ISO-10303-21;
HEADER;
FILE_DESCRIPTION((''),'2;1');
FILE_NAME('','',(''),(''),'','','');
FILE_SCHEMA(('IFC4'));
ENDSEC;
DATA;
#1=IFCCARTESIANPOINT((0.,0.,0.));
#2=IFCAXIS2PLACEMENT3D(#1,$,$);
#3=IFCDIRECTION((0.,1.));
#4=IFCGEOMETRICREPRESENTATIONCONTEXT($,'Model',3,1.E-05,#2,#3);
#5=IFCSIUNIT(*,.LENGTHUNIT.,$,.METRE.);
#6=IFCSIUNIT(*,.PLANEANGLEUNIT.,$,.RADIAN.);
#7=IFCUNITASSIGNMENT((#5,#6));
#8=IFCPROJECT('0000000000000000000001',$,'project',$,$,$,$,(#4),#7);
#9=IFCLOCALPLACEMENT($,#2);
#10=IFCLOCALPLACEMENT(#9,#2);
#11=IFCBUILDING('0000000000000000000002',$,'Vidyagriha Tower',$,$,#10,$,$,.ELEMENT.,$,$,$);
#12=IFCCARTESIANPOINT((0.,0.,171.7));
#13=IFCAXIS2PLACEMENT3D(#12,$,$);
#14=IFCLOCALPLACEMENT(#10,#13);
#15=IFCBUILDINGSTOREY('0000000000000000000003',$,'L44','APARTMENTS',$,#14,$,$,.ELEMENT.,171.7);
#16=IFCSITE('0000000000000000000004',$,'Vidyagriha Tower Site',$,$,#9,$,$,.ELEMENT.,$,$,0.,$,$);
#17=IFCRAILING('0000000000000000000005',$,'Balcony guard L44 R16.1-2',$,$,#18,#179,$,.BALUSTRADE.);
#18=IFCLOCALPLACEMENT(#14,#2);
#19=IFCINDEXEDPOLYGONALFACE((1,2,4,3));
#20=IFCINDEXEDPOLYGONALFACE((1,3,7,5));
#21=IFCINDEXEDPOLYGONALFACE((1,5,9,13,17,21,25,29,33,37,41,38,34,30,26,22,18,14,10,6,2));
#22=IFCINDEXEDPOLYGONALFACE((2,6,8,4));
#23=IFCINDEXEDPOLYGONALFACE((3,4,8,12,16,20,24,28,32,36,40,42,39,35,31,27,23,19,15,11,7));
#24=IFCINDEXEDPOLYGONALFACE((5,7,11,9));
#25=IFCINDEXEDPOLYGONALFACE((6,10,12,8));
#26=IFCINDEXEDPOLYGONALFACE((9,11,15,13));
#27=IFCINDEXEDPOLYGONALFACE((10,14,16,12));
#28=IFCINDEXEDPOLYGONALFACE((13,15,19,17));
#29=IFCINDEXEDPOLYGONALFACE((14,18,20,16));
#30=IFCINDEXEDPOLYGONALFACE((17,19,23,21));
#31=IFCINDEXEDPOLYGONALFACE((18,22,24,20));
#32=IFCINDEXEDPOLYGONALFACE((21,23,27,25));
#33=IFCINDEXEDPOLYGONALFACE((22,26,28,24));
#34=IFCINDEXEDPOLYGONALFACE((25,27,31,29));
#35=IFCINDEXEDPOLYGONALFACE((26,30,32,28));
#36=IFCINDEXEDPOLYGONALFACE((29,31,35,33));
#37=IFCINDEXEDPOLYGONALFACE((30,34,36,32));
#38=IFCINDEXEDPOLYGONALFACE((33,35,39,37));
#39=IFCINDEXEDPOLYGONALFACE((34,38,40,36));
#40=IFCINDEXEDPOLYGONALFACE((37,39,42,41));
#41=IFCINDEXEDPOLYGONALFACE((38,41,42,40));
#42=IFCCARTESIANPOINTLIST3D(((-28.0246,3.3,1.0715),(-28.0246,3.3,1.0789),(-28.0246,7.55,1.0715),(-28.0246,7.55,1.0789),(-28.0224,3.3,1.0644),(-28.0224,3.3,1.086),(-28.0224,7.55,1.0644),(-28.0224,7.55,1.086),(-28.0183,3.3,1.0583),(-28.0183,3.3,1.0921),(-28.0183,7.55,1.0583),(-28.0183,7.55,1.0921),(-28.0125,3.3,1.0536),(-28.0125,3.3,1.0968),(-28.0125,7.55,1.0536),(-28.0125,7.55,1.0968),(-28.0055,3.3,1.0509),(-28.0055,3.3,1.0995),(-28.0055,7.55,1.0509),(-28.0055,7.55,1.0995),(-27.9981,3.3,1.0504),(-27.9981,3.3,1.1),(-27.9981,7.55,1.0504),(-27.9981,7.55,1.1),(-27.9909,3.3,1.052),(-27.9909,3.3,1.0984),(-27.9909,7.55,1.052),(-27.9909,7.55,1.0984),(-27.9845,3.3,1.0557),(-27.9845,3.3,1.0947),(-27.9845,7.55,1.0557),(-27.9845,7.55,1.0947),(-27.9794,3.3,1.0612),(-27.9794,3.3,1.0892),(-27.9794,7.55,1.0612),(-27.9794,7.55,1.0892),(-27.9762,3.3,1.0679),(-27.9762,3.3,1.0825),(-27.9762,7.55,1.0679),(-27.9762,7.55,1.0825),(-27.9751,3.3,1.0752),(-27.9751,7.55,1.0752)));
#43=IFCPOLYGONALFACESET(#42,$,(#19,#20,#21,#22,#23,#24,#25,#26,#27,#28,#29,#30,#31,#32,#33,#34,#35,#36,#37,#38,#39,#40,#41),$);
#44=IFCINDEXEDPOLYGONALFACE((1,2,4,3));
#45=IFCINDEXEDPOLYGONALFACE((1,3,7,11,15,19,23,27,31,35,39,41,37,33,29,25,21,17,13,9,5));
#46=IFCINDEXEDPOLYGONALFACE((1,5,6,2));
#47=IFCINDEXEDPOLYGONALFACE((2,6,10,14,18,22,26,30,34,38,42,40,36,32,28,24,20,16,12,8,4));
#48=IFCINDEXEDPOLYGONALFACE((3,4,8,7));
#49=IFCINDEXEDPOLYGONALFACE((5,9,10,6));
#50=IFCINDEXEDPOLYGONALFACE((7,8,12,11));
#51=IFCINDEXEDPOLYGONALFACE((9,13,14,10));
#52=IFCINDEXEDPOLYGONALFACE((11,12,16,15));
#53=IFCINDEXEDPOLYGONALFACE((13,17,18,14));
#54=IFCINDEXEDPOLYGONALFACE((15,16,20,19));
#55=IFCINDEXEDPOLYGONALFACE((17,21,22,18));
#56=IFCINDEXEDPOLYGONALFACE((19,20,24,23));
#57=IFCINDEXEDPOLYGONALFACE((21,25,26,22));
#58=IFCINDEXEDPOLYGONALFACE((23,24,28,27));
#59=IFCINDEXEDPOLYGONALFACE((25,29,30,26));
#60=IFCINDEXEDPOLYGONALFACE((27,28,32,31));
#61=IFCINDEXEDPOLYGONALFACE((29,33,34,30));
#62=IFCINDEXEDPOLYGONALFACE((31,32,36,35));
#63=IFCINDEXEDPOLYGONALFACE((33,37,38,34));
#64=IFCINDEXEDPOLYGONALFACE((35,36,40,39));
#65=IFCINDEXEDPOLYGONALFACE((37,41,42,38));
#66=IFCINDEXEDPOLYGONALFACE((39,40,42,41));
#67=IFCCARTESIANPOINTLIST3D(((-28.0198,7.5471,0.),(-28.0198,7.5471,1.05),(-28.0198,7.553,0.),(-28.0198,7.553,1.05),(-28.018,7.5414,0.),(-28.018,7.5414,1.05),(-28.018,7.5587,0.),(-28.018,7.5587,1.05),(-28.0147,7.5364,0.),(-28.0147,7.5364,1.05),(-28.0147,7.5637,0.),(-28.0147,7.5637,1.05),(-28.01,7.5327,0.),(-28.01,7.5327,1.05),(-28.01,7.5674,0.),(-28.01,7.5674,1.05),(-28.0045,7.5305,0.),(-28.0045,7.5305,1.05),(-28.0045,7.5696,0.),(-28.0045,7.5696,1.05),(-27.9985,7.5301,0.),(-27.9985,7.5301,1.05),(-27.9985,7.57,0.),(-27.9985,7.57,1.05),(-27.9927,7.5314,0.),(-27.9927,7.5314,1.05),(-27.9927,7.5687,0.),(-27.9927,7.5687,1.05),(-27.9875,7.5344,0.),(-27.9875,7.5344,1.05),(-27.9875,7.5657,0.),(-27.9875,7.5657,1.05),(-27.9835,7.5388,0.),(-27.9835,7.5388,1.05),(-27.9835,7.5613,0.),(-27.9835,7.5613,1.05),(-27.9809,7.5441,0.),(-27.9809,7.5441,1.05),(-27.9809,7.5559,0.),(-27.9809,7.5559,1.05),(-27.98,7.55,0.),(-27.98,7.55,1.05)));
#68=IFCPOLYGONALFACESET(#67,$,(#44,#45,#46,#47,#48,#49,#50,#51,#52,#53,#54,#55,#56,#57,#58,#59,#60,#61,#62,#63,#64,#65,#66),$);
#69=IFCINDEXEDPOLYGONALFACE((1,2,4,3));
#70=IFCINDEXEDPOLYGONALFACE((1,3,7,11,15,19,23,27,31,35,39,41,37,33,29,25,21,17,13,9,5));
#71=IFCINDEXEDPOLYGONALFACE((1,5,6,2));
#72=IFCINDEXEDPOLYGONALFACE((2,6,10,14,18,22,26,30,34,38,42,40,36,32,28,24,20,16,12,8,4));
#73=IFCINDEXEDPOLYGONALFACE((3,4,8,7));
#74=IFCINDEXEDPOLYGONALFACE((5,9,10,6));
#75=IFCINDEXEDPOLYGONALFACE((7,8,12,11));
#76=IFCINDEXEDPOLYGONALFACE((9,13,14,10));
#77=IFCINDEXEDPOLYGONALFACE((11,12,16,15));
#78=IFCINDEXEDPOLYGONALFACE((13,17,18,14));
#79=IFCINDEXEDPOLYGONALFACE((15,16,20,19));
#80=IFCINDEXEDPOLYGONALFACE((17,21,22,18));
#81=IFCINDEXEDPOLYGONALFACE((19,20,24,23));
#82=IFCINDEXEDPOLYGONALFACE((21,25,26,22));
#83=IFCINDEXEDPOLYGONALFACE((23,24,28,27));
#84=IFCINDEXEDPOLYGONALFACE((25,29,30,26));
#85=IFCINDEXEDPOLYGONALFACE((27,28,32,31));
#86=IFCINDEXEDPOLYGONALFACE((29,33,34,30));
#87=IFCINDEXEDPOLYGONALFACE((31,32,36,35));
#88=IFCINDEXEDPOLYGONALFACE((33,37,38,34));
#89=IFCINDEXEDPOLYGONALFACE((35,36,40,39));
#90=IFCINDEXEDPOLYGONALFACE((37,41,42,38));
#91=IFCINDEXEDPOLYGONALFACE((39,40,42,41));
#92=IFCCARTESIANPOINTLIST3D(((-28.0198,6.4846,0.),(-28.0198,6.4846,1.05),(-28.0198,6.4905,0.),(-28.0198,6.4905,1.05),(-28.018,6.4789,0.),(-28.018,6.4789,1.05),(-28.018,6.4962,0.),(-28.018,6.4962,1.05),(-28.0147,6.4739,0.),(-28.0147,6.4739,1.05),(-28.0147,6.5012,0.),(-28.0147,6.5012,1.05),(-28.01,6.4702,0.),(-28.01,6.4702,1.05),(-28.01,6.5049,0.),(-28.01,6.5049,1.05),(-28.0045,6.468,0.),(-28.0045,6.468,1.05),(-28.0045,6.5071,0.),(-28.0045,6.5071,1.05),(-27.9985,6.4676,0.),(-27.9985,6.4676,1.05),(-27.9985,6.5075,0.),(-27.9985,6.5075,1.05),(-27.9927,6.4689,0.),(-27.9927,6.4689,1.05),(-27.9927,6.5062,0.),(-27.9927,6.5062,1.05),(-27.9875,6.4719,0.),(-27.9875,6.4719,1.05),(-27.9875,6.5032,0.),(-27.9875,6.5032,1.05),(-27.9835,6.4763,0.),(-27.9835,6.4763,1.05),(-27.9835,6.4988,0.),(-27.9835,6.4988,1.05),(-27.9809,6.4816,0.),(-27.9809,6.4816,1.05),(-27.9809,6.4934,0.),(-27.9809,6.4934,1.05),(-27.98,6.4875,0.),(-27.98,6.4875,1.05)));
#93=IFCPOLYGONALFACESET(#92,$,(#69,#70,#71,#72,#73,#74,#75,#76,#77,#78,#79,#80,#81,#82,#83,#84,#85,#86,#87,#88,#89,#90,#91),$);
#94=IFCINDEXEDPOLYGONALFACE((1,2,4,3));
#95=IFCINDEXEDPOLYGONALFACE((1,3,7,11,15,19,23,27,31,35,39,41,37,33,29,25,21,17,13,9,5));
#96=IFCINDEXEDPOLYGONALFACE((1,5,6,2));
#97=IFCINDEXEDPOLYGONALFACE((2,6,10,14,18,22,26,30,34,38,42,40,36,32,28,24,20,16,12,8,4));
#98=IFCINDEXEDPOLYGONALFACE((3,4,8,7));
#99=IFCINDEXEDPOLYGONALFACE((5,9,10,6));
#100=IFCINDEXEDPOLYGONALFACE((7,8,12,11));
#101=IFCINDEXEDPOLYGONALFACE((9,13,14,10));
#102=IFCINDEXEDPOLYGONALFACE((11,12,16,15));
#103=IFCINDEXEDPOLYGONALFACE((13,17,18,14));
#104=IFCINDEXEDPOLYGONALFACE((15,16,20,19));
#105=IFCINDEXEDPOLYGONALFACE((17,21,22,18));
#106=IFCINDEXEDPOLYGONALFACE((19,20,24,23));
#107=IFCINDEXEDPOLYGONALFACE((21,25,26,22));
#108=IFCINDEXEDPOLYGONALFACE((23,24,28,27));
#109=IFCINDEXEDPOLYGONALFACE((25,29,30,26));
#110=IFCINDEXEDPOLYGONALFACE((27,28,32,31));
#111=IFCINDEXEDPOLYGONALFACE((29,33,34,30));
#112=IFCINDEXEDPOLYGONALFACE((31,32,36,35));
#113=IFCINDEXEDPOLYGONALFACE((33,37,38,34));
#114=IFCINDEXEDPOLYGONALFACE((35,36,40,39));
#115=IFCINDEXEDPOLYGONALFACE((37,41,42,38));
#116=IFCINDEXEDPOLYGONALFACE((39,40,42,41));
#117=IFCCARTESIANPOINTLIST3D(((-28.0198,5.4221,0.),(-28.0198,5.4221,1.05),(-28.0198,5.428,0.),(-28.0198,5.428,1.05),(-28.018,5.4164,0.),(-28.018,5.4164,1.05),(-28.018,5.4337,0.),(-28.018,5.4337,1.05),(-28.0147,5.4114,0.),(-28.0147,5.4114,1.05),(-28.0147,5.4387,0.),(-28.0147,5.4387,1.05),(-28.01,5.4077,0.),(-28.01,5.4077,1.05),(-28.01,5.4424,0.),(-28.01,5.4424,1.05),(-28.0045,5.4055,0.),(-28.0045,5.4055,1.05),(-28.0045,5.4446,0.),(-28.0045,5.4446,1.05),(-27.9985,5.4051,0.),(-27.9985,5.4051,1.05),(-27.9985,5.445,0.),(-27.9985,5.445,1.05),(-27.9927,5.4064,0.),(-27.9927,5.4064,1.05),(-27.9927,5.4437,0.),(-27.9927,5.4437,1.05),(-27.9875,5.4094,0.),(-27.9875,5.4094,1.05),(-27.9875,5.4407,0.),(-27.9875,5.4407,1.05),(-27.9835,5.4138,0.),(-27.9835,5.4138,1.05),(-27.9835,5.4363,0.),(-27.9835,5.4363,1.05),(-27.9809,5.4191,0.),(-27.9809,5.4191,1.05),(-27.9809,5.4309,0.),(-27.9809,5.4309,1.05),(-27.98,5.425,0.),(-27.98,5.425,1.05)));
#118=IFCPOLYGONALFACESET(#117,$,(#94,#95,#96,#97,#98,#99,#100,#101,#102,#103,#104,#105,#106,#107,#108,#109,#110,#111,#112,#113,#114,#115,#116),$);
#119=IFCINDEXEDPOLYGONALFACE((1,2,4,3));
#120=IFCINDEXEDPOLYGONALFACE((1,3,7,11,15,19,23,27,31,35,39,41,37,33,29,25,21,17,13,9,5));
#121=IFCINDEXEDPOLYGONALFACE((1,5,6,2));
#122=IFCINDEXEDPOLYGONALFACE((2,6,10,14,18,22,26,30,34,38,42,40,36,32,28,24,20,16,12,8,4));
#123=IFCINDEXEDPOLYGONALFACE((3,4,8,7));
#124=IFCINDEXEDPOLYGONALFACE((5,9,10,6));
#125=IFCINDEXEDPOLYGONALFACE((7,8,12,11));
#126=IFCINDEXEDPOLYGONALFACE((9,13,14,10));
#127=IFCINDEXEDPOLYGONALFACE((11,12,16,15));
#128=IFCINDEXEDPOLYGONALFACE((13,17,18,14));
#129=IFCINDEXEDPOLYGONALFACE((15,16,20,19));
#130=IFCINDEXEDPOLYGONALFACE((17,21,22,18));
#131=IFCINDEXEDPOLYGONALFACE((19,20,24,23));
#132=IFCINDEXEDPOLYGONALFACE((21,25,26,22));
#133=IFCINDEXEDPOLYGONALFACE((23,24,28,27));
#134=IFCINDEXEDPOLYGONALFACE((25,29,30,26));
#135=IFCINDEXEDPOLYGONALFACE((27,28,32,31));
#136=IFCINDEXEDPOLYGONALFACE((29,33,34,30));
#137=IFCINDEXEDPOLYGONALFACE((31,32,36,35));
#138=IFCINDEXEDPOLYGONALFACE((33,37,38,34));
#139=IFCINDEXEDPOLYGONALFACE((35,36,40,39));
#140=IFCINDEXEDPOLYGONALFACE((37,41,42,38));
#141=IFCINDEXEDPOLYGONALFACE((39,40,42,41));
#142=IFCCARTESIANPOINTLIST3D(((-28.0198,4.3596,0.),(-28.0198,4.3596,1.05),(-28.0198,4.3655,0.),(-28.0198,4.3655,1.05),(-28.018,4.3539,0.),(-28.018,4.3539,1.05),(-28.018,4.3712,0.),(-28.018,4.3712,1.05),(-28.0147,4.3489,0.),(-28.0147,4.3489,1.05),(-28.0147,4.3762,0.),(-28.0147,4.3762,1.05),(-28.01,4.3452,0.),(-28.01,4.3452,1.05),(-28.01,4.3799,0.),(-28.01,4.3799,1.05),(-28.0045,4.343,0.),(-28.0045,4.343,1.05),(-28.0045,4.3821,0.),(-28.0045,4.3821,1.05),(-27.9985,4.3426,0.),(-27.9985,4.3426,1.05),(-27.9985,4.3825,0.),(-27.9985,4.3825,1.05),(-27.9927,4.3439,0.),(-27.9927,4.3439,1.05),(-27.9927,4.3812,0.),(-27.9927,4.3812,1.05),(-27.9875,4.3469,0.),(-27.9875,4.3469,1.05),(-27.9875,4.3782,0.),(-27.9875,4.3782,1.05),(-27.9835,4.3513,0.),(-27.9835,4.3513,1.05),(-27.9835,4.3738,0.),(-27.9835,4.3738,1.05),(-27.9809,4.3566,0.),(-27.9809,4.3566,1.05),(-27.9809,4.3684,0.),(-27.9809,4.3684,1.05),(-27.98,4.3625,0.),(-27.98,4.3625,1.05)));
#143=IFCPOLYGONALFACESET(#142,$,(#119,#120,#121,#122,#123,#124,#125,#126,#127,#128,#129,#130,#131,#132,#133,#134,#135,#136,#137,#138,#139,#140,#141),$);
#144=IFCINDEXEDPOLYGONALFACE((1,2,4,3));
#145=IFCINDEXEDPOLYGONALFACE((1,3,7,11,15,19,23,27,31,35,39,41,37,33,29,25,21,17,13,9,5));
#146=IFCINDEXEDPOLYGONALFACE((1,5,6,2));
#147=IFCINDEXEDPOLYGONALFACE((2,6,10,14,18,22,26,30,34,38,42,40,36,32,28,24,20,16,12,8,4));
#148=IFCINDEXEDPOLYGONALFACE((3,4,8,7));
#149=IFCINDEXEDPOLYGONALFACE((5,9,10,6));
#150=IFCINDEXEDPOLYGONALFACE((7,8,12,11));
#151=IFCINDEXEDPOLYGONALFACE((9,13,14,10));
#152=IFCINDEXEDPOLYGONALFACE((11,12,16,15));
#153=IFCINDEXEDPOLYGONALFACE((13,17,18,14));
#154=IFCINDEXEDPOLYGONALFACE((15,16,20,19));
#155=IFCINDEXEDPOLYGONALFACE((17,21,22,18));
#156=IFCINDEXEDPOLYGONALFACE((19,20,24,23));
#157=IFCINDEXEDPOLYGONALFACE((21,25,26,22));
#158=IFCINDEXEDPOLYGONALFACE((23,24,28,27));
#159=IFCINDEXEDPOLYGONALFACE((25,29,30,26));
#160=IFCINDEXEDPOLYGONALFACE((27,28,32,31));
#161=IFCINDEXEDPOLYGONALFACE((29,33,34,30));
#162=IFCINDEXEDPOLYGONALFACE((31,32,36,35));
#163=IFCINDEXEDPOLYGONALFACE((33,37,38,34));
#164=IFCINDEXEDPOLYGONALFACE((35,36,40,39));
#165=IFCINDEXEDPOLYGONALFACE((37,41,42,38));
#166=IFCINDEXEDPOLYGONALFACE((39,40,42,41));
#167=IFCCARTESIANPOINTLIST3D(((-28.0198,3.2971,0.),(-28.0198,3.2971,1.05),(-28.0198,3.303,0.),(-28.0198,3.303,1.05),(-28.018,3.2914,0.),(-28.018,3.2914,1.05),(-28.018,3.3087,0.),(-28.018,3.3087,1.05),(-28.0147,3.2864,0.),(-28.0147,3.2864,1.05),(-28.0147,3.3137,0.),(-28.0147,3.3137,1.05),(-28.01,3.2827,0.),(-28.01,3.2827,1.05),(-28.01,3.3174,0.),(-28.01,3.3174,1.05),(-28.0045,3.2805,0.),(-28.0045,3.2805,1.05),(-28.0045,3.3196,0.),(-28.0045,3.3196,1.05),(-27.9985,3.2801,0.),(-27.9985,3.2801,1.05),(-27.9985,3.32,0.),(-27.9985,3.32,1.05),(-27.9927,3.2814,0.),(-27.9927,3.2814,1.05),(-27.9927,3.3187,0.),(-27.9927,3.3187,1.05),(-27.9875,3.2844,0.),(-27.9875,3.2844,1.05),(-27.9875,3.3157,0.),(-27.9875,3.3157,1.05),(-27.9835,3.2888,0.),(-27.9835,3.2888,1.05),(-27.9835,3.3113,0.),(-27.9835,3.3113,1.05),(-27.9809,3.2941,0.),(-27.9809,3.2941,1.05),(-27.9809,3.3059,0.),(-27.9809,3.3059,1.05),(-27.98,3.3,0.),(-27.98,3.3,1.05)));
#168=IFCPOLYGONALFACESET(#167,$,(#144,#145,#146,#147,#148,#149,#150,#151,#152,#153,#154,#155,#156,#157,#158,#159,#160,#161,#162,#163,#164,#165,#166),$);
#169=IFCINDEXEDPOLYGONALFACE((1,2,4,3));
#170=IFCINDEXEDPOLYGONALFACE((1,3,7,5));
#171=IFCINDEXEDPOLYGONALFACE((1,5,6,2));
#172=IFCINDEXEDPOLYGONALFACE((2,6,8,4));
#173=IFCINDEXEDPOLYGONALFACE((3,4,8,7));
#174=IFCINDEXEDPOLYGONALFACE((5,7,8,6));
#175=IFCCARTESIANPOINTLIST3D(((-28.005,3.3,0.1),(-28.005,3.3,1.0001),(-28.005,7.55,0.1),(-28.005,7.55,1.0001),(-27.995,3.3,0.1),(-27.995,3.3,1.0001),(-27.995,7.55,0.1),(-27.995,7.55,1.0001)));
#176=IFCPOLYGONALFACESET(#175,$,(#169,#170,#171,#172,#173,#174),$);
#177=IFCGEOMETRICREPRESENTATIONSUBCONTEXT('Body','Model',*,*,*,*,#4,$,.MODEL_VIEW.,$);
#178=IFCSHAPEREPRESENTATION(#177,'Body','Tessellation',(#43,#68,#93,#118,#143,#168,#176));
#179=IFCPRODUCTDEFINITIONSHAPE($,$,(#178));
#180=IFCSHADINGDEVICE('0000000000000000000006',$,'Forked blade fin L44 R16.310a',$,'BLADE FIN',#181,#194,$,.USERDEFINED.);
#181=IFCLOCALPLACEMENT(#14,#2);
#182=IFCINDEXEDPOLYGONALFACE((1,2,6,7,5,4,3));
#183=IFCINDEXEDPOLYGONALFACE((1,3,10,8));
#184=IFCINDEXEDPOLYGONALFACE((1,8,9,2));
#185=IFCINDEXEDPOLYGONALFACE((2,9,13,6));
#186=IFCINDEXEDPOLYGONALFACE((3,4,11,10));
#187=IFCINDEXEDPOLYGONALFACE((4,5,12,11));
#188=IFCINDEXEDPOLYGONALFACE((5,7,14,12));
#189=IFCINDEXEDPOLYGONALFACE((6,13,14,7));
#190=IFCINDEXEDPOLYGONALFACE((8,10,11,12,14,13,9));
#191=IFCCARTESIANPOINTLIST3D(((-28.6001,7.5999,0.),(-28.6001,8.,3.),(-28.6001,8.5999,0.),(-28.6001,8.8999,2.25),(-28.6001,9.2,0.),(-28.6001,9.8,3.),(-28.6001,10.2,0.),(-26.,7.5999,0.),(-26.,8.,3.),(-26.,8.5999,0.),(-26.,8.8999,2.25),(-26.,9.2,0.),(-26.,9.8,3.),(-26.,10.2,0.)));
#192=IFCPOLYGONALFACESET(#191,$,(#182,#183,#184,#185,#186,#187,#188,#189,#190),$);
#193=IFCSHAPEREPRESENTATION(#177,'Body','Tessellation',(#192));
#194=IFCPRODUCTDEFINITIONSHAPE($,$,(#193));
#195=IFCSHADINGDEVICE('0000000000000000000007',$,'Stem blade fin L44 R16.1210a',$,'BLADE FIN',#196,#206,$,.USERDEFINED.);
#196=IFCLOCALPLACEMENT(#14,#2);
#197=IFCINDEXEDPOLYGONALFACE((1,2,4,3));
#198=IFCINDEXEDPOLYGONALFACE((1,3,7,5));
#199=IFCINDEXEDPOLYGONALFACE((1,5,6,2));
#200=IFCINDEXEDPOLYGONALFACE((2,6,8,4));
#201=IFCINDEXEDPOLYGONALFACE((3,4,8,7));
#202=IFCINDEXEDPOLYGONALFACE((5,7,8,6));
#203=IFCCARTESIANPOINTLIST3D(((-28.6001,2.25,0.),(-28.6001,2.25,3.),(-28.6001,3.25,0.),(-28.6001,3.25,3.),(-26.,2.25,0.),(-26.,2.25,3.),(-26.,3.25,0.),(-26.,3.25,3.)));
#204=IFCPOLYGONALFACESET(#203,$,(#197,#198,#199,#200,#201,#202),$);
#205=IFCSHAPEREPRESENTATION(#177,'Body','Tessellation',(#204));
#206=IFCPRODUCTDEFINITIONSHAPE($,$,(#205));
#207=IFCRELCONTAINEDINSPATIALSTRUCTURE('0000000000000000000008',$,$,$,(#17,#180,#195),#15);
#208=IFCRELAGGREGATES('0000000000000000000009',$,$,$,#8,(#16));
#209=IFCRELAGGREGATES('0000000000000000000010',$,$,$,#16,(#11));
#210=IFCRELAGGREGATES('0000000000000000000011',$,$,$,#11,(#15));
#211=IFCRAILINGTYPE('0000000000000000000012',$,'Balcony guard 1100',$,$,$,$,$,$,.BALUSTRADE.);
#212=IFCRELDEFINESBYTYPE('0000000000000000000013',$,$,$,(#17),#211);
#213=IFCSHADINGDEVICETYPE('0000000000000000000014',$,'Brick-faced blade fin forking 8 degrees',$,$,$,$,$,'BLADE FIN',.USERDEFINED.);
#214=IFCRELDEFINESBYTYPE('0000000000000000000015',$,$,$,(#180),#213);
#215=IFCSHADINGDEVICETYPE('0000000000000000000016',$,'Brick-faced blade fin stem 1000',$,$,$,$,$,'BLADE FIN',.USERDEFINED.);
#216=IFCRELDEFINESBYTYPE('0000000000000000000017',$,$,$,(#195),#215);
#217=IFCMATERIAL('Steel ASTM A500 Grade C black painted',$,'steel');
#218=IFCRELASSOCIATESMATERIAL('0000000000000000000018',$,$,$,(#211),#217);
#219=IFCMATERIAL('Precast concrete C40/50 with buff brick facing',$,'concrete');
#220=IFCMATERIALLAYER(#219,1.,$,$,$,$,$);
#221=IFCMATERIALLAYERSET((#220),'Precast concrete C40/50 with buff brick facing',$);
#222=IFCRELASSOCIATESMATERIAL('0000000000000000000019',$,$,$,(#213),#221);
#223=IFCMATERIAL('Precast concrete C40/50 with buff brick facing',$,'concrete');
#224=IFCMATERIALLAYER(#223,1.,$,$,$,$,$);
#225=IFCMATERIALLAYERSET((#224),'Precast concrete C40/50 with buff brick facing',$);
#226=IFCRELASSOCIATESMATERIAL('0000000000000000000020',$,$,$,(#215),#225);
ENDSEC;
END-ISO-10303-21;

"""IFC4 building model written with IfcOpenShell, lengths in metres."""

from ifc_helpers import new_model, si_unit, direction, frame, origin, origin_2d, place, context, subcontext, project, spatial, polyline, rectangle, circle, outline, extrude, material, layer, layer_set, type_object, element, save


model = new_model("IFC4")

# Units and contexts
model_context = context("Model", 3, precision=1e-05, world=origin(), true_north=direction((0.0, 1.0)))
body_context = subcontext(model_context, "Body", "Model", "MODEL_VIEW")
ifc_project = project(units=[si_unit("LENGTHUNIT", "METRE"), si_unit("PLANEANGLEUNIT", "RADIAN")], contexts=[model_context])

# Site, building, storey
site_placement = place(None, origin())
site = spatial("IfcSite", under=ifc_project, at=site_placement, Name="Vidyagriha Tower Site", CompositionType="ELEMENT", RefElevation=0.0)
building_placement = place(site_placement, origin())
building = spatial("IfcBuilding", under=site, at=building_placement, Name="Vidyagriha Tower", CompositionType="ELEMENT")
storey_placement = place(building_placement, frame((0.0, 0.0, 171.7)))
storey = spatial("IfcBuildingStorey", under=building, at=storey_placement, Name="L44", Description="APARTMENTS", CompositionType="ELEMENT", Elevation=171.7)

# Railing
ifc_material_1 = material(Name="Steel ASTM A500 Grade C black painted", Category="steel")
railing_type = type_object("IfcRailingType", Name="Balcony guard 1100", PredefinedType="BALUSTRADE", material=ifc_material_1)
railing_1_placement = place(storey_placement, frame((-28.0, 7.55, 0.0)))
element("IfcRailing", 1, at=railing_1_placement, inside=storey, type_object=railing_type, Name="Balcony guard L44 R16.1-2", PredefinedType="BALUSTRADE", context=body_context, shape_type="SweptSolid", body=[
    extrude(circle(Radius=0.0249, at=origin_2d()), frame((0.0, 0.0, 1.0752), z_axis=(0.0, -1.0, 0.0), x_axis=(1.0, 0.0, 0.0)), (0.0, 0.0, 1.0), 4.25),
    extrude(circle(Radius=0.02, at=origin_2d()), origin(), (0.0, 0.0, 1.0), 1.05),
    extrude(circle(Radius=0.02, at=origin_2d()), frame((0.0, -1.0625, 0.0)), (0.0, 0.0, 1.0), 1.05),
    extrude(circle(Radius=0.02, at=origin_2d()), frame((0.0, -2.125, 0.0)), (0.0, 0.0, 1.0), 1.05),
    extrude(circle(Radius=0.02, at=origin_2d()), frame((0.0, -3.1875, 0.0)), (0.0, 0.0, 1.0), 1.05),
    extrude(circle(Radius=0.02, at=origin_2d()), frame((0.0, -4.25, 0.0)), (0.0, 0.0, 1.0), 1.05),
    extrude(rectangle(XDim=0.01, YDim=0.9001, at=origin_2d()), frame((0.0, 0.0, 0.55), z_axis=(0.0, -1.0, 0.0), x_axis=(1.0, 0.0, 0.0)), (0.0, 0.0, 1.0), 4.25),
])

# Shading devices
ifc_material_2 = material(Name="Precast concrete C40/50 with buff brick facing", Category="concrete")
ifc_layer_1 = layer(ifc_material_2, 1.0)
ifc_layer_set_1 = layer_set([ifc_layer_1], Name="Precast concrete C40/50 with buff brick facing")
shading_device_type_1 = type_object("IfcShadingDeviceType", Name="Brick-faced blade fin forking 8 degrees", ElementType="BLADE FIN", PredefinedType="USERDEFINED", material=ifc_layer_set_1)
shading_device_1_placement = place(storey_placement, frame((-27.3, 10.2, 0.0), z_axis=(0.0, 0.0, 1.0), x_axis=(0.0, -1.0, 0.0)))
element("IfcShadingDevice", 2, at=shading_device_1_placement, inside=storey, type_object=shading_device_type_1, Name="Forked blade fin L44 R16.310a", ObjectType="BLADE FIN", PredefinedType="USERDEFINED", context=body_context, shape_type="SweptSolid", body=[
    extrude(outline(polyline([(1.0, 0.0), (1.3, 2.25), (1.6001, 0.0), (2.6001, 0.0), (2.2, 3.0), (0.3999, 3.0), (0.0, 0.0), (1.0, 0.0)])), frame((0.0, 1.3, 0.0), z_axis=(0.0, -1.0, 0.0), x_axis=(1.0, 0.0, 0.0)), (0.0, 0.0, 1.0), 2.6001),
])
ifc_material_3 = material(Name="Precast concrete C40/50 with buff brick facing", Category="concrete")
ifc_layer_2 = layer(ifc_material_3, 1.0)
ifc_layer_set_2 = layer_set([ifc_layer_2], Name="Precast concrete C40/50 with buff brick facing")
shading_device_type_2 = type_object("IfcShadingDeviceType", Name="Brick-faced blade fin stem 1000", ElementType="BLADE FIN", PredefinedType="USERDEFINED", material=ifc_layer_set_2)
shading_device_2_placement = place(storey_placement, frame((-27.3, 3.25, 0.0), z_axis=(0.0, 0.0, 1.0), x_axis=(0.0, -1.0, 0.0)))
element("IfcShadingDevice", 3, at=shading_device_2_placement, inside=storey, type_object=shading_device_type_2, Name="Stem blade fin L44 R16.1210a", ObjectType="BLADE FIN", PredefinedType="USERDEFINED", context=body_context, shape_type="SweptSolid", body=[
    extrude(outline(polyline([(0.0, 0.0), (1.0, 0.0), (1.0, 3.0), (0.0, 3.0), (0.0, 0.0)])), frame((0.0, 1.3, 0.0), z_axis=(0.0, -1.0, 0.0), x_axis=(1.0, 0.0, 0.0)), (0.0, 0.0, 1.0), 2.6001),
])

save(model, "model.ifc")
